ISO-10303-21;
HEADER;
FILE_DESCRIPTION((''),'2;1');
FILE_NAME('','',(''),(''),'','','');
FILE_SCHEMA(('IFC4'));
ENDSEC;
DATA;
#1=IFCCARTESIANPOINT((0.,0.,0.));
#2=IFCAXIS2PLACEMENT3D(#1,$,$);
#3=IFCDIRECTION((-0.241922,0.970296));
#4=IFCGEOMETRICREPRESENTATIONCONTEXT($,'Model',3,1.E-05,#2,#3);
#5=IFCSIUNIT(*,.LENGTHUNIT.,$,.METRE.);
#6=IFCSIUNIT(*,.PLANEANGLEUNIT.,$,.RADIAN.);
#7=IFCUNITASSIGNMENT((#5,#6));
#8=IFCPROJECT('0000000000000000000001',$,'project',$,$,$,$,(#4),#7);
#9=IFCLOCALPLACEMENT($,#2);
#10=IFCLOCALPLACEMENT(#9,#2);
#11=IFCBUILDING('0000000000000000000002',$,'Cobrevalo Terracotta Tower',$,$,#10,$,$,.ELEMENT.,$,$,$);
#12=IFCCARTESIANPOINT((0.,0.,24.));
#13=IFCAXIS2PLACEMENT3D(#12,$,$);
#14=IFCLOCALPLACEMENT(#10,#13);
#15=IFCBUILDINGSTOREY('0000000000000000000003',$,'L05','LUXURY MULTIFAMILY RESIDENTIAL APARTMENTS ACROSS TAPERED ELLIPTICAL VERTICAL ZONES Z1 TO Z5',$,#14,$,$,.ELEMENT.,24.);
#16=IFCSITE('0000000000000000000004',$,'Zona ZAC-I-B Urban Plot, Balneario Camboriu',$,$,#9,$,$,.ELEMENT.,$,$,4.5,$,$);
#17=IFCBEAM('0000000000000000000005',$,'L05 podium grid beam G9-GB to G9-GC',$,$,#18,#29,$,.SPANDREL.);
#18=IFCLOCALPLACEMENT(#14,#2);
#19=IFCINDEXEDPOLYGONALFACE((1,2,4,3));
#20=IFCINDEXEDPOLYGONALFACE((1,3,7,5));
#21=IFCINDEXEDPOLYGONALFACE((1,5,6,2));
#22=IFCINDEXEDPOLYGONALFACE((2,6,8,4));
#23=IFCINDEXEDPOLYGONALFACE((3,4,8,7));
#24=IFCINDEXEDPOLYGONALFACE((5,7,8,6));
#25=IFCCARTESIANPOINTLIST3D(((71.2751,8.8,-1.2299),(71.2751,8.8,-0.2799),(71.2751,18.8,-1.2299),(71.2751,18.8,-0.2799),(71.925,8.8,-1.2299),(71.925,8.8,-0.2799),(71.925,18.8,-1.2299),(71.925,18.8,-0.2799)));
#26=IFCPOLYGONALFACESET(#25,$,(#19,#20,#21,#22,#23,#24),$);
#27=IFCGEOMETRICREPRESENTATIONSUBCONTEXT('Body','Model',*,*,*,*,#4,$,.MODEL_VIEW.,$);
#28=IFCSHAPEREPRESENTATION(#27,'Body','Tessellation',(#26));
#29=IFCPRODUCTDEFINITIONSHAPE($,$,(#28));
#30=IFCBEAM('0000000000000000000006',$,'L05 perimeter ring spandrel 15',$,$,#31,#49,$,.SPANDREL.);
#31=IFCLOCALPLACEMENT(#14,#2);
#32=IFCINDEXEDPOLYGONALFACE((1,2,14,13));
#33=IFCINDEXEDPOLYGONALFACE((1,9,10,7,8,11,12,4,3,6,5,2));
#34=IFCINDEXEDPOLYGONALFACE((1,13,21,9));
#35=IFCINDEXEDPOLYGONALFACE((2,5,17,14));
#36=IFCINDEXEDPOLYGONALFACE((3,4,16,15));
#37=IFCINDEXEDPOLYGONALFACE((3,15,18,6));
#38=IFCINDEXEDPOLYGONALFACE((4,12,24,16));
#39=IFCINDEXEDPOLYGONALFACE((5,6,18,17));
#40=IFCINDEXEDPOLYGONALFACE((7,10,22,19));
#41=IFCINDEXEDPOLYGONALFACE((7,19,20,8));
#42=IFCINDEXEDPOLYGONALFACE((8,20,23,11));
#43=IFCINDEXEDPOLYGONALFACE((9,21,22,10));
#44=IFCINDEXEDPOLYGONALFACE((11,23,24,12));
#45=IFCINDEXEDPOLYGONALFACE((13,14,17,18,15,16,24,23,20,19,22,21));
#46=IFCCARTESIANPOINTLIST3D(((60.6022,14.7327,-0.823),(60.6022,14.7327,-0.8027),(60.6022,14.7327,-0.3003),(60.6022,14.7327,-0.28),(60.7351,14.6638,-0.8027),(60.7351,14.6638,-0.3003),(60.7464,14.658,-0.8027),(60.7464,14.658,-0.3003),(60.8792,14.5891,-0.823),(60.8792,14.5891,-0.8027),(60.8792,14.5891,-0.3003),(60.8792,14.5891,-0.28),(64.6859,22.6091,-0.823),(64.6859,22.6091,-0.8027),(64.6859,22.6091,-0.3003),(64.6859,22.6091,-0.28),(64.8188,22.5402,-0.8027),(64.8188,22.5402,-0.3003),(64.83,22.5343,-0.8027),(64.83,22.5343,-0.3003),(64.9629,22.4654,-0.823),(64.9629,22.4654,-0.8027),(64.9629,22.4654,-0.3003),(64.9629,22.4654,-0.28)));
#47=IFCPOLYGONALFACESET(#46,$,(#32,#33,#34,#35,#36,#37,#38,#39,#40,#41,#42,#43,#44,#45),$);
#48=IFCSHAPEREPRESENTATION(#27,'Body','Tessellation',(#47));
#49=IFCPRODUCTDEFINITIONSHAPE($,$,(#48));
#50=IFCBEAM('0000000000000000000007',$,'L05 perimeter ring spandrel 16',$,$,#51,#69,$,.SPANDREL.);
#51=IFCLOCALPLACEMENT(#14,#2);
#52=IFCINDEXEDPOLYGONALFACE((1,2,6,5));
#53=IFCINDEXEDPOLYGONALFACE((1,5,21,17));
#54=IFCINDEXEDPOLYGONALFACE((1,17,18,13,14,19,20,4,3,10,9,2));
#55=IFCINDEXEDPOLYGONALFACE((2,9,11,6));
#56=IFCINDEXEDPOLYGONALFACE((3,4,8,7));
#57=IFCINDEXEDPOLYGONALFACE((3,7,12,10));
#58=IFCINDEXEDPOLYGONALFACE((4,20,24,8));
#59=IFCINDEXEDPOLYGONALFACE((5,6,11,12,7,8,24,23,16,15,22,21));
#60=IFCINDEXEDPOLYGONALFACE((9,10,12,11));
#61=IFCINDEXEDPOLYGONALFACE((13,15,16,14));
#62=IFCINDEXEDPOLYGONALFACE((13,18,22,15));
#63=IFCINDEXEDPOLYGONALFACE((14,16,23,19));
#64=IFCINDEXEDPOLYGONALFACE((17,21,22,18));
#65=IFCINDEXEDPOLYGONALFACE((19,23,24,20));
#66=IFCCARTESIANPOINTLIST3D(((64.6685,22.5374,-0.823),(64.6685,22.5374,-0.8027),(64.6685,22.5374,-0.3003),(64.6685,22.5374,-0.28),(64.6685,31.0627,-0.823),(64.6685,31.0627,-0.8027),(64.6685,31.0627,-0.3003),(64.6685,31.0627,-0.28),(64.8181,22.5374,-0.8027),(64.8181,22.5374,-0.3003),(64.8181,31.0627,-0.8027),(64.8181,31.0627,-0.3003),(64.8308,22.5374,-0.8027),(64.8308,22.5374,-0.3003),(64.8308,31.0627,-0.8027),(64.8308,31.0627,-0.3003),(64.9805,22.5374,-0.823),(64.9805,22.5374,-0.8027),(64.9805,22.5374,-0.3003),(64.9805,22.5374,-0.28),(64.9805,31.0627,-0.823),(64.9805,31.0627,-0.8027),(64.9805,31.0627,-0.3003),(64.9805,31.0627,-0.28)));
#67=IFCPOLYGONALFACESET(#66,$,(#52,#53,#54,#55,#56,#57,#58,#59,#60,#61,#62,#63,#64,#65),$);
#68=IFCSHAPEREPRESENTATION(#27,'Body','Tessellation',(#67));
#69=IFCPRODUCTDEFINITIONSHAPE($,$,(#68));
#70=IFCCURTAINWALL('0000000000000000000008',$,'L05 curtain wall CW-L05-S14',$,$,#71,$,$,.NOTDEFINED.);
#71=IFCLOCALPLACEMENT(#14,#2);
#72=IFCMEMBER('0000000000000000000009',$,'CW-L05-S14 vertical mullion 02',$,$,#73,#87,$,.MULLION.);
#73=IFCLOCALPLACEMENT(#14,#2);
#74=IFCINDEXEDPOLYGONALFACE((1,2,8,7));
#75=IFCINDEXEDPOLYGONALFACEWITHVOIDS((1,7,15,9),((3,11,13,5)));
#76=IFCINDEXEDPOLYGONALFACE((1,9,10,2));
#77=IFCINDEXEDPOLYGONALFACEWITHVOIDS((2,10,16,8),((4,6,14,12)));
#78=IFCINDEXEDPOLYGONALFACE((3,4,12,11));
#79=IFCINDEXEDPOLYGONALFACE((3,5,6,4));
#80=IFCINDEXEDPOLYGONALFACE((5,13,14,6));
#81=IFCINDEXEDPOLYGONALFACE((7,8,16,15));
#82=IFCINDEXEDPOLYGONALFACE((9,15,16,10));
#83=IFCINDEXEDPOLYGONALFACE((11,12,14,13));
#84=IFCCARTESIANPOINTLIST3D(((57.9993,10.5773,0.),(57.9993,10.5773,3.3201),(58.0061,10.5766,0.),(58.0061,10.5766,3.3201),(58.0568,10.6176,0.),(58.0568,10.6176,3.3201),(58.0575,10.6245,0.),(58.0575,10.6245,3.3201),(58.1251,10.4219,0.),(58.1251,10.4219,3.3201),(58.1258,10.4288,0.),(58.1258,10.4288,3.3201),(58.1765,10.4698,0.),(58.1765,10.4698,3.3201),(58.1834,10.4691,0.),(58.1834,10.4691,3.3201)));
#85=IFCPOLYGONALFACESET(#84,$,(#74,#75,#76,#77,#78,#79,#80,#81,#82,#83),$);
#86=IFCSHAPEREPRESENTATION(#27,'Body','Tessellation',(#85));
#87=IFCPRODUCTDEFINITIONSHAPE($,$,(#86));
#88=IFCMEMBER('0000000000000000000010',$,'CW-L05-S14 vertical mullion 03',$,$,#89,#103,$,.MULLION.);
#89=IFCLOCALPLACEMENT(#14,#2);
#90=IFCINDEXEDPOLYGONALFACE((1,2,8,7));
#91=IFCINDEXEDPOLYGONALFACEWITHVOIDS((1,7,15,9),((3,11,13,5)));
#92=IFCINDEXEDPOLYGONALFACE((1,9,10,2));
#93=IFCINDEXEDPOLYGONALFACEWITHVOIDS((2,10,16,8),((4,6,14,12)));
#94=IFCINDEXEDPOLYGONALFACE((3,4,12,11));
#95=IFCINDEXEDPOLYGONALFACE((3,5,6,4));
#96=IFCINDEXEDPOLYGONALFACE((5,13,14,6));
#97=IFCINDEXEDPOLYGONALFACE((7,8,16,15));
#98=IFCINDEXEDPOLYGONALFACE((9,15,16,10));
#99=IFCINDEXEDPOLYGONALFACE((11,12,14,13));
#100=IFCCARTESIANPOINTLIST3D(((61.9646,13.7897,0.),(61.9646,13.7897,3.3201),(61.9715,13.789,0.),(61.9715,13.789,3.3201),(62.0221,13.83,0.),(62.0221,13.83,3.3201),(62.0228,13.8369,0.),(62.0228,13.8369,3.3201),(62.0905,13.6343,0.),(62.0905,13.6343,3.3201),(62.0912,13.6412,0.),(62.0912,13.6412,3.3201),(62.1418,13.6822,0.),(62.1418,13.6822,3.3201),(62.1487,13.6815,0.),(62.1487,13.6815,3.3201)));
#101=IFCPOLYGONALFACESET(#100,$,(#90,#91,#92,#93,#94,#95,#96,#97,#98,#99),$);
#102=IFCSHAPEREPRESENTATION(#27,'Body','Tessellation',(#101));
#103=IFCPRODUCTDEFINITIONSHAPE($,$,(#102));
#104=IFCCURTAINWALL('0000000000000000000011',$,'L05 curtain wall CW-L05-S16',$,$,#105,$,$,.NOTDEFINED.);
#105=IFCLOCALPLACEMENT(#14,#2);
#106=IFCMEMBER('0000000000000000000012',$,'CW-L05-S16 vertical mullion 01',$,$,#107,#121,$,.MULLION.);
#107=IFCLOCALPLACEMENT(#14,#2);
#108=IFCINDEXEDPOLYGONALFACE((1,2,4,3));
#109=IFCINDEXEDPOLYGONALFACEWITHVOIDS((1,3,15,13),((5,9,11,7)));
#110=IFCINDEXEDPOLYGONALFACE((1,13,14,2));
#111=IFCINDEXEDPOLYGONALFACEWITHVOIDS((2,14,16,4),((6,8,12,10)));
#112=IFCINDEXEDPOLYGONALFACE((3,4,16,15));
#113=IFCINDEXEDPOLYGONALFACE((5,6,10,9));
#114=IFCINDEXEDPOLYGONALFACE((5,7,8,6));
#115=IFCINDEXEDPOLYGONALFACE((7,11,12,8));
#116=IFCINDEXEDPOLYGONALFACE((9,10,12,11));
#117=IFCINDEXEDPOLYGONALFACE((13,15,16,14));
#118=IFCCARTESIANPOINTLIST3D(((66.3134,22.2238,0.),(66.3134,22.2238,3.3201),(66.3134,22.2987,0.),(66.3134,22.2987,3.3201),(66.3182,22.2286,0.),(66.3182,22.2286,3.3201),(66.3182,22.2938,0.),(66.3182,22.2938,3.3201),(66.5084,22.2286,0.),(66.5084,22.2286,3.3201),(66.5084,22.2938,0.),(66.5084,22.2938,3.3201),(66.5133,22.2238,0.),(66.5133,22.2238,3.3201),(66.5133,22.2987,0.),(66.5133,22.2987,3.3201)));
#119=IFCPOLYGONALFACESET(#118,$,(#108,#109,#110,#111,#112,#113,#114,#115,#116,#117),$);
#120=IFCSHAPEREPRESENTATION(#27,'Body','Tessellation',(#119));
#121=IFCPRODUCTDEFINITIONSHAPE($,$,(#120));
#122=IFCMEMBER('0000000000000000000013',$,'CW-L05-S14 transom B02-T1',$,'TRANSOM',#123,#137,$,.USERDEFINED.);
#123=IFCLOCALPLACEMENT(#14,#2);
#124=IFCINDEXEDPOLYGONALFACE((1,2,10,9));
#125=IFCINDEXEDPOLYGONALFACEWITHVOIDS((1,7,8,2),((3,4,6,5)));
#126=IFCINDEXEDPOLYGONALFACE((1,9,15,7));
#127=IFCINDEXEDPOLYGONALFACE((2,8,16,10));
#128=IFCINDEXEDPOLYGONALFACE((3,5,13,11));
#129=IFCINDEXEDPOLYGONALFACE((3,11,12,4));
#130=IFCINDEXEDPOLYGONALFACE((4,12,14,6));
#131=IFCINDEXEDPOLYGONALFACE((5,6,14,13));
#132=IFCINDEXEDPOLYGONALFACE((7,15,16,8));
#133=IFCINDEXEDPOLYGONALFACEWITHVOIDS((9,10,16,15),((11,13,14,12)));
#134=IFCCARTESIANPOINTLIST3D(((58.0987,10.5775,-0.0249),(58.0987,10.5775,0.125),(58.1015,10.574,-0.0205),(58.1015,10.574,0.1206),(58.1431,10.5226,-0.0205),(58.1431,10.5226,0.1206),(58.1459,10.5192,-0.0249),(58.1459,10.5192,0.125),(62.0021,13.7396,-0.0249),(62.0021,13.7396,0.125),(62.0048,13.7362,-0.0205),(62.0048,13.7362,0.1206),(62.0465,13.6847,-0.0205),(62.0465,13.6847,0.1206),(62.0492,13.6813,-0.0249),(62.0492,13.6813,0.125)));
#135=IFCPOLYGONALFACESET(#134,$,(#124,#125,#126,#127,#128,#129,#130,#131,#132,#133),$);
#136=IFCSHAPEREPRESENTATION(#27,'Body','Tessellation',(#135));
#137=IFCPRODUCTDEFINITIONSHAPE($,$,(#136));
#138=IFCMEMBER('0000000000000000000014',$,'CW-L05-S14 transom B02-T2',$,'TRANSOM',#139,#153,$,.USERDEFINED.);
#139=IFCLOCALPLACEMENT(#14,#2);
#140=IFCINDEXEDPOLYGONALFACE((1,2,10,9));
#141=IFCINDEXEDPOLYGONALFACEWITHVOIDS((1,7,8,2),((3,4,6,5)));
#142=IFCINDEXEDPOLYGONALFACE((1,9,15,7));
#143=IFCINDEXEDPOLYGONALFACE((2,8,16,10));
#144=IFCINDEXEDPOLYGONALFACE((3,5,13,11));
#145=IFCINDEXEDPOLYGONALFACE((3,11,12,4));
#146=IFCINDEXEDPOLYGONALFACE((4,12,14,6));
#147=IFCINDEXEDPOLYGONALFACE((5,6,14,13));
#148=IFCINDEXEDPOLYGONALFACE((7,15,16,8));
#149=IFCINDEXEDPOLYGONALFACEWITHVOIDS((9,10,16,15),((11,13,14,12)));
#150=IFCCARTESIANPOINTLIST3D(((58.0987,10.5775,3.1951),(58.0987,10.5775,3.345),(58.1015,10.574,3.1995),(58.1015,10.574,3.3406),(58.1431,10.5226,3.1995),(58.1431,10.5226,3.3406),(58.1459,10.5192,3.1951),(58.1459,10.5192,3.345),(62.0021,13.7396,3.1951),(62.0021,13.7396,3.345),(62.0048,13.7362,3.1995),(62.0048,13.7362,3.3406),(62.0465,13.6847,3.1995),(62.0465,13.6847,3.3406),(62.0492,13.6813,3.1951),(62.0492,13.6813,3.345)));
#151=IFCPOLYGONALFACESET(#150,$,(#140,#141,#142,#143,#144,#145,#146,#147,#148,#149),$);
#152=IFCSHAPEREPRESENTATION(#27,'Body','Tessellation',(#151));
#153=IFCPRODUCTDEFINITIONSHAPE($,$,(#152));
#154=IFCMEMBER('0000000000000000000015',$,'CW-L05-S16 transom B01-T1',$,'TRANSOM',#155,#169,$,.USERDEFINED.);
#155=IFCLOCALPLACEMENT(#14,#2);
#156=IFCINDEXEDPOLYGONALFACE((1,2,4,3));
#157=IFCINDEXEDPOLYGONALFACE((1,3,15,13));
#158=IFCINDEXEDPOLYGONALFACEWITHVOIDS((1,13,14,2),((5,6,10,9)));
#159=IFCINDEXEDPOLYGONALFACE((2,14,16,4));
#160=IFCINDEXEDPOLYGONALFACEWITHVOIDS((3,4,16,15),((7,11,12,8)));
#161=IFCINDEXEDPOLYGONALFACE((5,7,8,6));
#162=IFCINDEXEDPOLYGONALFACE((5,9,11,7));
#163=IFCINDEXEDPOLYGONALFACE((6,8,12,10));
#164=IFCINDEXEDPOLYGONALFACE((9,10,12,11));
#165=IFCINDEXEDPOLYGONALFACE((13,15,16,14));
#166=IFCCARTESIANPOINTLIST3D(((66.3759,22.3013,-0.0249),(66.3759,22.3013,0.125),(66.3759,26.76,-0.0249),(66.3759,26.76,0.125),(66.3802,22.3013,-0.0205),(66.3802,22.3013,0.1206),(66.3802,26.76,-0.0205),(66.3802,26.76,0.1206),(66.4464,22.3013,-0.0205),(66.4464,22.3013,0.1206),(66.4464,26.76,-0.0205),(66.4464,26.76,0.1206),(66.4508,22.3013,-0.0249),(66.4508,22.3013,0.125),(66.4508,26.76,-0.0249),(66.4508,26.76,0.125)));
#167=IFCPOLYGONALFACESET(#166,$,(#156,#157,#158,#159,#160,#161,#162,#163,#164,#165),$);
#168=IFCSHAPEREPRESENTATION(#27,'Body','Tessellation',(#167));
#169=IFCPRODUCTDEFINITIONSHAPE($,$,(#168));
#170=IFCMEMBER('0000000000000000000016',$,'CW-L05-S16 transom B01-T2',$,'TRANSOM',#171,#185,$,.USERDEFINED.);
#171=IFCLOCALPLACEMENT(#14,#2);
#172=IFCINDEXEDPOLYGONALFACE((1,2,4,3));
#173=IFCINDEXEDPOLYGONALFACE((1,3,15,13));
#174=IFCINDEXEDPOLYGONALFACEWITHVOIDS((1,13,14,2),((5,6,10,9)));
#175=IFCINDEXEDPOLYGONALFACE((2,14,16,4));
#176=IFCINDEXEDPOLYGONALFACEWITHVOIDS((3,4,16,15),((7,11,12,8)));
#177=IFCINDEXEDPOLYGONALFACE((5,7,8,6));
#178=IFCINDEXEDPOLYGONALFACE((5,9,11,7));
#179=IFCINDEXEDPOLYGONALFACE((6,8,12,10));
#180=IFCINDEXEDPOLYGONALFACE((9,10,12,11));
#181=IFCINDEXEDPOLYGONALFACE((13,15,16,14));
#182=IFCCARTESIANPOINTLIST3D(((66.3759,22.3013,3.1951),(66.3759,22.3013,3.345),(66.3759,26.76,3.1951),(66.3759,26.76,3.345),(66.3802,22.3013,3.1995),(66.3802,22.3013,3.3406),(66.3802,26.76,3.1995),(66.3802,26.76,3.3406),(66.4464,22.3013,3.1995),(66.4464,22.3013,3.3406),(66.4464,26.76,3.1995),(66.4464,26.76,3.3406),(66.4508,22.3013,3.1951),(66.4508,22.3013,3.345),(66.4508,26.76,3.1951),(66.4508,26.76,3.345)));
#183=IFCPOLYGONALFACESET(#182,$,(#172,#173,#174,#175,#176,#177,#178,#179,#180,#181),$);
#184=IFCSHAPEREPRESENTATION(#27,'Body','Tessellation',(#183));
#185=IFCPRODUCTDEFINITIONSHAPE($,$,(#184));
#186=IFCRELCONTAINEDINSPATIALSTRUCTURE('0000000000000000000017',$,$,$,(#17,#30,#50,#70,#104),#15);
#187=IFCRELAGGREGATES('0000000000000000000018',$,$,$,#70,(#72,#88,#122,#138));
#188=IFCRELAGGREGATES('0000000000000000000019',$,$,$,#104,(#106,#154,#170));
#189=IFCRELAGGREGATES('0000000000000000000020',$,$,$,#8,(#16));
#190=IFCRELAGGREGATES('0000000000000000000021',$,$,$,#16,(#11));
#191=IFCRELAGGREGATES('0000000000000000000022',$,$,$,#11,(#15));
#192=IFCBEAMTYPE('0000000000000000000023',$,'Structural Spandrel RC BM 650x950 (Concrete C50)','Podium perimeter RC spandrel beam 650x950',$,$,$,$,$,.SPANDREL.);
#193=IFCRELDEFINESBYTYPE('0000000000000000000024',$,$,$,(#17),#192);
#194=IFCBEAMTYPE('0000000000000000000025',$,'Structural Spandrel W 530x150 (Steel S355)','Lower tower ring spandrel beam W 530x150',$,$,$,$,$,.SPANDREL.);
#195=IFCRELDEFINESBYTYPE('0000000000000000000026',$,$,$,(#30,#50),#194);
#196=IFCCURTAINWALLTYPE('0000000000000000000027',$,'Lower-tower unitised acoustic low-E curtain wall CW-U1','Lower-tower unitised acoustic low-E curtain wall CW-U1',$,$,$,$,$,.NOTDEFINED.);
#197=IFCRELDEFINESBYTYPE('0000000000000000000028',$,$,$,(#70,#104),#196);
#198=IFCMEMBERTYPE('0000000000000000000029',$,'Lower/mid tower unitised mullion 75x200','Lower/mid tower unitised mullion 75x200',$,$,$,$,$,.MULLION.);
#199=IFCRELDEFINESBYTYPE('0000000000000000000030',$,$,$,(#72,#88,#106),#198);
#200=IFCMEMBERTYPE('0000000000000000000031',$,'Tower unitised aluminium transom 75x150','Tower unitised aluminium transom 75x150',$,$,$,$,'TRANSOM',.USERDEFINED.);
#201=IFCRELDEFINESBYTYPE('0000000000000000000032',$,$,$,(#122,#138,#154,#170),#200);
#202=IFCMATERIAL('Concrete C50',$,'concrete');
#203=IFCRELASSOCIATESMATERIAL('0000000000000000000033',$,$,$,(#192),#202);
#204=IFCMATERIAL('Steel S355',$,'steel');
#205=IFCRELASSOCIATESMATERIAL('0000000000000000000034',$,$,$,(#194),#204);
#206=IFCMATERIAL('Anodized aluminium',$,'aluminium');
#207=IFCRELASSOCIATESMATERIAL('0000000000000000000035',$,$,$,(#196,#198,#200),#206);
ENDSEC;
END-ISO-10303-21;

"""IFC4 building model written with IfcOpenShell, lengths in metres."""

from ifc_helpers import new_model, si_unit, direction, frame, origin, origin_2d, place, context, subcontext, project, spatial, rectangle, hollow_rectangle, i_section, extrude, source, transform, mapped, material, material_profile, profile_set, type_object, element, aggregate, save


model = new_model("IFC4")

# Units and contexts
model_context = context("Model", 3, precision=1e-05, world=origin(), true_north=direction((-0.241922, 0.970296)))
body_context = subcontext(model_context, "Body", "Model", "MODEL_VIEW")
ifc_project = project(units=[si_unit("LENGTHUNIT", "METRE"), si_unit("PLANEANGLEUNIT", "RADIAN")], contexts=[model_context])

# Site, building, storey
site_placement = place(None, origin())
site = spatial("IfcSite", under=ifc_project, at=site_placement, Name="Zona ZAC-I-B Urban Plot, Balneario Camboriu", CompositionType="ELEMENT", RefElevation=4.5)
building_placement = place(site_placement, origin())
building = spatial("IfcBuilding", under=site, at=building_placement, Name="Cobrevalo Terracotta Tower", CompositionType="ELEMENT")
storey_placement = place(building_placement, frame((0.0, 0.0, 24.0)))
storey = spatial("IfcBuildingStorey", under=building, at=storey_placement, Name="L05", Description="LUXURY MULTIFAMILY RESIDENTIAL APARTMENTS ACROSS TAPERED ELLIPTICAL VERTICAL ZONES Z1 TO Z5", CompositionType="ELEMENT", Elevation=24.0)

# Shared definitions
ifc_material_1 = material(Name="Steel S355", Category="steel")

# Beams
ifc_material_2 = material(Name="Concrete C50", Category="concrete")
ifc_material_profile_1 = material_profile(ifc_material_2, rectangle(XDim=0.6499, YDim=0.95, at=origin_2d()), Name="RC BM 650x950")
ifc_profile_set_1 = profile_set([ifc_material_profile_1], Name="Concrete C50")
beam_type_1 = type_object("IfcBeamType", Name="Structural Spandrel RC BM 650x950 (Concrete C50)", Description="Podium perimeter RC spandrel beam 650x950", PredefinedType="SPANDREL", material=ifc_profile_set_1)
beam_1_placement = place(storey_placement, frame((71.6001, 8.8, -0.7549), z_axis=(0.0, 1.0, 0.0), x_axis=(-1.0, 0.0, 0.0)))
element("IfcBeam", 1, at=beam_1_placement, inside=storey, type_object=beam_type_1, Name="L05 podium grid beam G9-GB to G9-GC", PredefinedType="SPANDREL", context=body_context, shape_type="SweptSolid", body=[
    extrude(rectangle(XDim=0.6499, YDim=0.95, at=origin_2d()), origin(), (0.0, 0.0, 1.0), 10.0),
])
ifc_material_profile_2 = material_profile(ifc_material_1, i_section(OverallWidth=0.312, OverallDepth=0.543, WebThickness=0.0127, FlangeThickness=0.0203, at=origin_2d()), Name="W 530x150")
ifc_profile_set_2 = profile_set([ifc_material_profile_2], Name="Steel S355")
beam_type_2 = type_object("IfcBeamType", Name="Structural Spandrel W 530x150 (Steel S355)", Description="Lower tower ring spandrel beam W 530x150", PredefinedType="SPANDREL", material=ifc_profile_set_2)
beam_2_placement = place(storey_placement, frame((60.7407, 14.6609, -0.5515), z_axis=(0.460286, 0.887771, 0.0), x_axis=(-0.887771, 0.460286, 0.0)))
element("IfcBeam", 2, at=beam_2_placement, inside=storey, type_object=beam_type_2, Name="L05 perimeter ring spandrel 15", PredefinedType="SPANDREL", context=body_context, shape_type="SweptSolid", body=[
    extrude(i_section(OverallWidth=0.312, OverallDepth=0.543, WebThickness=0.0127, FlangeThickness=0.0203, at=origin_2d()), origin(), (0.0, 0.0, 1.0), 8.8721),
])
beam_3_placement = place(storey_placement, frame((64.8245, 22.5374, -0.5515), z_axis=(0.0, 1.0, 0.0), x_axis=(-1.0, 0.0, 0.0)))
element("IfcBeam", 3, at=beam_3_placement, inside=storey, type_object=beam_type_2, Name="L05 perimeter ring spandrel 16", PredefinedType="SPANDREL", context=body_context, shape_type="SweptSolid", body=[
    extrude(i_section(OverallWidth=0.312, OverallDepth=0.543, WebThickness=0.0127, FlangeThickness=0.0203, at=origin_2d()), origin(), (0.0, 0.0, 1.0), 8.5254),
])

# Curtain wall, members
ifc_material_3 = material(Name="Anodized aluminium", Category="aluminium")
curtain_wall_type = type_object("IfcCurtainWallType", Name="Lower-tower unitised acoustic low-E curtain wall CW-U1", Description="Lower-tower unitised acoustic low-E curtain wall CW-U1", PredefinedType="NOTDEFINED", material=ifc_material_3)
curtain_wall_1_placement = place(storey_placement, origin())
curtain_wall_1 = element("IfcCurtainWall", 4, at=curtain_wall_1_placement, inside=storey, type_object=curtain_wall_type, Name="L05 curtain wall CW-L05-S14", PredefinedType="NOTDEFINED")
ifc_material_profile_3 = material_profile(ifc_material_3, hollow_rectangle(XDim=0.075, YDim=0.2, WallThickness=0.0049, at=origin_2d()), Name="CWM 75x200")
ifc_profile_set_3 = profile_set([ifc_material_profile_3], Name="Anodized aluminium")
member_type_1 = type_object("IfcMemberType", Name="Lower/mid tower unitised mullion 75x200", Description="Lower/mid tower unitised mullion 75x200", PredefinedType="MULLION", material=ifc_profile_set_3)
shared_shape_1 = source(origin(), body_context, "Body", "SweptSolid", [
    extrude(hollow_rectangle(XDim=0.075, YDim=0.2, WallThickness=0.0049, at=origin_2d()), origin(), (0.0, 0.0, 1.0), 3.3201),
])
member_1_placement = place(storey_placement, frame((58.0913, 10.5232, 0.0), z_axis=(0.0, 0.0, 1.0), x_axis=(0.777003, 0.629497, 0.0)))
member_1 = element("IfcMember", 5, at=member_1_placement, type_object=member_type_1, Name="CW-L05-S14 vertical mullion 02", PredefinedType="MULLION", context=body_context, shape_type="MappedRepresentation", body=[
    mapped(shared_shape_1, transform((0.0, 0.0, 0.0), scale=1.0)),
])
member_2_placement = place(storey_placement, frame((62.0566, 13.7356, 0.0), z_axis=(0.0, 0.0, 1.0), x_axis=(0.777003, 0.629497, 0.0)))
member_2 = element("IfcMember", 6, at=member_2_placement, type_object=member_type_1, Name="CW-L05-S14 vertical mullion 03", PredefinedType="MULLION", context=body_context, shape_type="MappedRepresentation", body=[
    mapped(shared_shape_1, transform((0.0, 0.0, 0.0), scale=1.0)),
])

# Curtain wall, member
curtain_wall_2_placement = place(storey_placement, origin())
curtain_wall_2 = element("IfcCurtainWall", 7, at=curtain_wall_2_placement, inside=storey, type_object=curtain_wall_type, Name="L05 curtain wall CW-L05-S16", PredefinedType="NOTDEFINED")
member_3_placement = place(storey_placement, frame((66.4133, 22.2612, 0.0), z_axis=(0.0, 0.0, 1.0), x_axis=(0.0, 1.0, 0.0)))
member_3 = element("IfcMember", 8, at=member_3_placement, type_object=member_type_1, Name="CW-L05-S16 vertical mullion 01", PredefinedType="MULLION", context=body_context, shape_type="MappedRepresentation", body=[
    mapped(shared_shape_1, transform((0.0, 0.0, 0.0), scale=1.0)),
])

# Members
ifc_material_profile_4 = material_profile(ifc_material_3, hollow_rectangle(XDim=0.075, YDim=0.1499, WallThickness=0.0044, at=origin_2d()), Name="CWT 75x150")
ifc_profile_set_4 = profile_set([ifc_material_profile_4], Name="Anodized aluminium")
member_type_2 = type_object("IfcMemberType", Name="Tower unitised aluminium transom 75x150", Description="Tower unitised aluminium transom 75x150", ElementType="TRANSOM", PredefinedType="USERDEFINED", material=ifc_profile_set_4)
shared_shape_2 = source(origin(), body_context, "Body", "SweptSolid", [
    extrude(hollow_rectangle(XDim=0.075, YDim=0.1499, WallThickness=0.0044, at=origin_2d()), origin(), (0.0, 0.0, 1.0), 5.0234),
])
member_4_placement = place(storey_placement, frame((58.1223, 10.5483, 0.05), z_axis=(0.777023, 0.629472, 0.0), x_axis=(-0.629472, 0.777023, 0.0)))
member_4 = element("IfcMember", 9, at=member_4_placement, type_object=member_type_2, Name="CW-L05-S14 transom B02-T1", ObjectType="TRANSOM", PredefinedType="USERDEFINED", context=body_context, shape_type="MappedRepresentation", body=[
    mapped(shared_shape_2, transform((0.0, 0.0, 0.0), scale=1.0)),
])
member_5_placement = place(storey_placement, frame((58.1223, 10.5483, 3.27), z_axis=(0.777023, 0.629472, 0.0), x_axis=(-0.629472, 0.777023, 0.0)))
member_5 = element("IfcMember", 10, at=member_5_placement, type_object=member_type_2, Name="CW-L05-S14 transom B02-T2", ObjectType="TRANSOM", PredefinedType="USERDEFINED", context=body_context, shape_type="MappedRepresentation", body=[
    mapped(shared_shape_2, transform((0.0, 0.0, 0.0), scale=1.0)),
])
shared_shape_3 = source(origin(), body_context, "Body", "SweptSolid", [
    extrude(hollow_rectangle(XDim=0.075, YDim=0.1499, WallThickness=0.0044, at=origin_2d()), origin(), (0.0, 0.0, 1.0), 4.4587),
])
member_6_placement = place(storey_placement, frame((66.4133, 22.3013, 0.05), z_axis=(0.0, 1.0, 0.0), x_axis=(-1.0, 0.0, 0.0)))
member_6 = element("IfcMember", 11, at=member_6_placement, type_object=member_type_2, Name="CW-L05-S16 transom B01-T1", ObjectType="TRANSOM", PredefinedType="USERDEFINED", context=body_context, shape_type="MappedRepresentation", body=[
    mapped(shared_shape_3, transform((0.0, 0.0, 0.0), scale=1.0)),
])
member_7_placement = place(storey_placement, frame((66.4133, 22.3013, 3.27), z_axis=(0.0, 1.0, 0.0), x_axis=(-1.0, 0.0, 0.0)))
member_7 = element("IfcMember", 12, at=member_7_placement, type_object=member_type_2, Name="CW-L05-S16 transom B01-T2", ObjectType="TRANSOM", PredefinedType="USERDEFINED", context=body_context, shape_type="MappedRepresentation", body=[
    mapped(shared_shape_3, transform((0.0, 0.0, 0.0), scale=1.0)),
])

aggregate(curtain_wall_1, [member_1, member_2, member_4, member_5])
aggregate(curtain_wall_2, [member_3, member_6, member_7])

save(model, "model.ifc")
